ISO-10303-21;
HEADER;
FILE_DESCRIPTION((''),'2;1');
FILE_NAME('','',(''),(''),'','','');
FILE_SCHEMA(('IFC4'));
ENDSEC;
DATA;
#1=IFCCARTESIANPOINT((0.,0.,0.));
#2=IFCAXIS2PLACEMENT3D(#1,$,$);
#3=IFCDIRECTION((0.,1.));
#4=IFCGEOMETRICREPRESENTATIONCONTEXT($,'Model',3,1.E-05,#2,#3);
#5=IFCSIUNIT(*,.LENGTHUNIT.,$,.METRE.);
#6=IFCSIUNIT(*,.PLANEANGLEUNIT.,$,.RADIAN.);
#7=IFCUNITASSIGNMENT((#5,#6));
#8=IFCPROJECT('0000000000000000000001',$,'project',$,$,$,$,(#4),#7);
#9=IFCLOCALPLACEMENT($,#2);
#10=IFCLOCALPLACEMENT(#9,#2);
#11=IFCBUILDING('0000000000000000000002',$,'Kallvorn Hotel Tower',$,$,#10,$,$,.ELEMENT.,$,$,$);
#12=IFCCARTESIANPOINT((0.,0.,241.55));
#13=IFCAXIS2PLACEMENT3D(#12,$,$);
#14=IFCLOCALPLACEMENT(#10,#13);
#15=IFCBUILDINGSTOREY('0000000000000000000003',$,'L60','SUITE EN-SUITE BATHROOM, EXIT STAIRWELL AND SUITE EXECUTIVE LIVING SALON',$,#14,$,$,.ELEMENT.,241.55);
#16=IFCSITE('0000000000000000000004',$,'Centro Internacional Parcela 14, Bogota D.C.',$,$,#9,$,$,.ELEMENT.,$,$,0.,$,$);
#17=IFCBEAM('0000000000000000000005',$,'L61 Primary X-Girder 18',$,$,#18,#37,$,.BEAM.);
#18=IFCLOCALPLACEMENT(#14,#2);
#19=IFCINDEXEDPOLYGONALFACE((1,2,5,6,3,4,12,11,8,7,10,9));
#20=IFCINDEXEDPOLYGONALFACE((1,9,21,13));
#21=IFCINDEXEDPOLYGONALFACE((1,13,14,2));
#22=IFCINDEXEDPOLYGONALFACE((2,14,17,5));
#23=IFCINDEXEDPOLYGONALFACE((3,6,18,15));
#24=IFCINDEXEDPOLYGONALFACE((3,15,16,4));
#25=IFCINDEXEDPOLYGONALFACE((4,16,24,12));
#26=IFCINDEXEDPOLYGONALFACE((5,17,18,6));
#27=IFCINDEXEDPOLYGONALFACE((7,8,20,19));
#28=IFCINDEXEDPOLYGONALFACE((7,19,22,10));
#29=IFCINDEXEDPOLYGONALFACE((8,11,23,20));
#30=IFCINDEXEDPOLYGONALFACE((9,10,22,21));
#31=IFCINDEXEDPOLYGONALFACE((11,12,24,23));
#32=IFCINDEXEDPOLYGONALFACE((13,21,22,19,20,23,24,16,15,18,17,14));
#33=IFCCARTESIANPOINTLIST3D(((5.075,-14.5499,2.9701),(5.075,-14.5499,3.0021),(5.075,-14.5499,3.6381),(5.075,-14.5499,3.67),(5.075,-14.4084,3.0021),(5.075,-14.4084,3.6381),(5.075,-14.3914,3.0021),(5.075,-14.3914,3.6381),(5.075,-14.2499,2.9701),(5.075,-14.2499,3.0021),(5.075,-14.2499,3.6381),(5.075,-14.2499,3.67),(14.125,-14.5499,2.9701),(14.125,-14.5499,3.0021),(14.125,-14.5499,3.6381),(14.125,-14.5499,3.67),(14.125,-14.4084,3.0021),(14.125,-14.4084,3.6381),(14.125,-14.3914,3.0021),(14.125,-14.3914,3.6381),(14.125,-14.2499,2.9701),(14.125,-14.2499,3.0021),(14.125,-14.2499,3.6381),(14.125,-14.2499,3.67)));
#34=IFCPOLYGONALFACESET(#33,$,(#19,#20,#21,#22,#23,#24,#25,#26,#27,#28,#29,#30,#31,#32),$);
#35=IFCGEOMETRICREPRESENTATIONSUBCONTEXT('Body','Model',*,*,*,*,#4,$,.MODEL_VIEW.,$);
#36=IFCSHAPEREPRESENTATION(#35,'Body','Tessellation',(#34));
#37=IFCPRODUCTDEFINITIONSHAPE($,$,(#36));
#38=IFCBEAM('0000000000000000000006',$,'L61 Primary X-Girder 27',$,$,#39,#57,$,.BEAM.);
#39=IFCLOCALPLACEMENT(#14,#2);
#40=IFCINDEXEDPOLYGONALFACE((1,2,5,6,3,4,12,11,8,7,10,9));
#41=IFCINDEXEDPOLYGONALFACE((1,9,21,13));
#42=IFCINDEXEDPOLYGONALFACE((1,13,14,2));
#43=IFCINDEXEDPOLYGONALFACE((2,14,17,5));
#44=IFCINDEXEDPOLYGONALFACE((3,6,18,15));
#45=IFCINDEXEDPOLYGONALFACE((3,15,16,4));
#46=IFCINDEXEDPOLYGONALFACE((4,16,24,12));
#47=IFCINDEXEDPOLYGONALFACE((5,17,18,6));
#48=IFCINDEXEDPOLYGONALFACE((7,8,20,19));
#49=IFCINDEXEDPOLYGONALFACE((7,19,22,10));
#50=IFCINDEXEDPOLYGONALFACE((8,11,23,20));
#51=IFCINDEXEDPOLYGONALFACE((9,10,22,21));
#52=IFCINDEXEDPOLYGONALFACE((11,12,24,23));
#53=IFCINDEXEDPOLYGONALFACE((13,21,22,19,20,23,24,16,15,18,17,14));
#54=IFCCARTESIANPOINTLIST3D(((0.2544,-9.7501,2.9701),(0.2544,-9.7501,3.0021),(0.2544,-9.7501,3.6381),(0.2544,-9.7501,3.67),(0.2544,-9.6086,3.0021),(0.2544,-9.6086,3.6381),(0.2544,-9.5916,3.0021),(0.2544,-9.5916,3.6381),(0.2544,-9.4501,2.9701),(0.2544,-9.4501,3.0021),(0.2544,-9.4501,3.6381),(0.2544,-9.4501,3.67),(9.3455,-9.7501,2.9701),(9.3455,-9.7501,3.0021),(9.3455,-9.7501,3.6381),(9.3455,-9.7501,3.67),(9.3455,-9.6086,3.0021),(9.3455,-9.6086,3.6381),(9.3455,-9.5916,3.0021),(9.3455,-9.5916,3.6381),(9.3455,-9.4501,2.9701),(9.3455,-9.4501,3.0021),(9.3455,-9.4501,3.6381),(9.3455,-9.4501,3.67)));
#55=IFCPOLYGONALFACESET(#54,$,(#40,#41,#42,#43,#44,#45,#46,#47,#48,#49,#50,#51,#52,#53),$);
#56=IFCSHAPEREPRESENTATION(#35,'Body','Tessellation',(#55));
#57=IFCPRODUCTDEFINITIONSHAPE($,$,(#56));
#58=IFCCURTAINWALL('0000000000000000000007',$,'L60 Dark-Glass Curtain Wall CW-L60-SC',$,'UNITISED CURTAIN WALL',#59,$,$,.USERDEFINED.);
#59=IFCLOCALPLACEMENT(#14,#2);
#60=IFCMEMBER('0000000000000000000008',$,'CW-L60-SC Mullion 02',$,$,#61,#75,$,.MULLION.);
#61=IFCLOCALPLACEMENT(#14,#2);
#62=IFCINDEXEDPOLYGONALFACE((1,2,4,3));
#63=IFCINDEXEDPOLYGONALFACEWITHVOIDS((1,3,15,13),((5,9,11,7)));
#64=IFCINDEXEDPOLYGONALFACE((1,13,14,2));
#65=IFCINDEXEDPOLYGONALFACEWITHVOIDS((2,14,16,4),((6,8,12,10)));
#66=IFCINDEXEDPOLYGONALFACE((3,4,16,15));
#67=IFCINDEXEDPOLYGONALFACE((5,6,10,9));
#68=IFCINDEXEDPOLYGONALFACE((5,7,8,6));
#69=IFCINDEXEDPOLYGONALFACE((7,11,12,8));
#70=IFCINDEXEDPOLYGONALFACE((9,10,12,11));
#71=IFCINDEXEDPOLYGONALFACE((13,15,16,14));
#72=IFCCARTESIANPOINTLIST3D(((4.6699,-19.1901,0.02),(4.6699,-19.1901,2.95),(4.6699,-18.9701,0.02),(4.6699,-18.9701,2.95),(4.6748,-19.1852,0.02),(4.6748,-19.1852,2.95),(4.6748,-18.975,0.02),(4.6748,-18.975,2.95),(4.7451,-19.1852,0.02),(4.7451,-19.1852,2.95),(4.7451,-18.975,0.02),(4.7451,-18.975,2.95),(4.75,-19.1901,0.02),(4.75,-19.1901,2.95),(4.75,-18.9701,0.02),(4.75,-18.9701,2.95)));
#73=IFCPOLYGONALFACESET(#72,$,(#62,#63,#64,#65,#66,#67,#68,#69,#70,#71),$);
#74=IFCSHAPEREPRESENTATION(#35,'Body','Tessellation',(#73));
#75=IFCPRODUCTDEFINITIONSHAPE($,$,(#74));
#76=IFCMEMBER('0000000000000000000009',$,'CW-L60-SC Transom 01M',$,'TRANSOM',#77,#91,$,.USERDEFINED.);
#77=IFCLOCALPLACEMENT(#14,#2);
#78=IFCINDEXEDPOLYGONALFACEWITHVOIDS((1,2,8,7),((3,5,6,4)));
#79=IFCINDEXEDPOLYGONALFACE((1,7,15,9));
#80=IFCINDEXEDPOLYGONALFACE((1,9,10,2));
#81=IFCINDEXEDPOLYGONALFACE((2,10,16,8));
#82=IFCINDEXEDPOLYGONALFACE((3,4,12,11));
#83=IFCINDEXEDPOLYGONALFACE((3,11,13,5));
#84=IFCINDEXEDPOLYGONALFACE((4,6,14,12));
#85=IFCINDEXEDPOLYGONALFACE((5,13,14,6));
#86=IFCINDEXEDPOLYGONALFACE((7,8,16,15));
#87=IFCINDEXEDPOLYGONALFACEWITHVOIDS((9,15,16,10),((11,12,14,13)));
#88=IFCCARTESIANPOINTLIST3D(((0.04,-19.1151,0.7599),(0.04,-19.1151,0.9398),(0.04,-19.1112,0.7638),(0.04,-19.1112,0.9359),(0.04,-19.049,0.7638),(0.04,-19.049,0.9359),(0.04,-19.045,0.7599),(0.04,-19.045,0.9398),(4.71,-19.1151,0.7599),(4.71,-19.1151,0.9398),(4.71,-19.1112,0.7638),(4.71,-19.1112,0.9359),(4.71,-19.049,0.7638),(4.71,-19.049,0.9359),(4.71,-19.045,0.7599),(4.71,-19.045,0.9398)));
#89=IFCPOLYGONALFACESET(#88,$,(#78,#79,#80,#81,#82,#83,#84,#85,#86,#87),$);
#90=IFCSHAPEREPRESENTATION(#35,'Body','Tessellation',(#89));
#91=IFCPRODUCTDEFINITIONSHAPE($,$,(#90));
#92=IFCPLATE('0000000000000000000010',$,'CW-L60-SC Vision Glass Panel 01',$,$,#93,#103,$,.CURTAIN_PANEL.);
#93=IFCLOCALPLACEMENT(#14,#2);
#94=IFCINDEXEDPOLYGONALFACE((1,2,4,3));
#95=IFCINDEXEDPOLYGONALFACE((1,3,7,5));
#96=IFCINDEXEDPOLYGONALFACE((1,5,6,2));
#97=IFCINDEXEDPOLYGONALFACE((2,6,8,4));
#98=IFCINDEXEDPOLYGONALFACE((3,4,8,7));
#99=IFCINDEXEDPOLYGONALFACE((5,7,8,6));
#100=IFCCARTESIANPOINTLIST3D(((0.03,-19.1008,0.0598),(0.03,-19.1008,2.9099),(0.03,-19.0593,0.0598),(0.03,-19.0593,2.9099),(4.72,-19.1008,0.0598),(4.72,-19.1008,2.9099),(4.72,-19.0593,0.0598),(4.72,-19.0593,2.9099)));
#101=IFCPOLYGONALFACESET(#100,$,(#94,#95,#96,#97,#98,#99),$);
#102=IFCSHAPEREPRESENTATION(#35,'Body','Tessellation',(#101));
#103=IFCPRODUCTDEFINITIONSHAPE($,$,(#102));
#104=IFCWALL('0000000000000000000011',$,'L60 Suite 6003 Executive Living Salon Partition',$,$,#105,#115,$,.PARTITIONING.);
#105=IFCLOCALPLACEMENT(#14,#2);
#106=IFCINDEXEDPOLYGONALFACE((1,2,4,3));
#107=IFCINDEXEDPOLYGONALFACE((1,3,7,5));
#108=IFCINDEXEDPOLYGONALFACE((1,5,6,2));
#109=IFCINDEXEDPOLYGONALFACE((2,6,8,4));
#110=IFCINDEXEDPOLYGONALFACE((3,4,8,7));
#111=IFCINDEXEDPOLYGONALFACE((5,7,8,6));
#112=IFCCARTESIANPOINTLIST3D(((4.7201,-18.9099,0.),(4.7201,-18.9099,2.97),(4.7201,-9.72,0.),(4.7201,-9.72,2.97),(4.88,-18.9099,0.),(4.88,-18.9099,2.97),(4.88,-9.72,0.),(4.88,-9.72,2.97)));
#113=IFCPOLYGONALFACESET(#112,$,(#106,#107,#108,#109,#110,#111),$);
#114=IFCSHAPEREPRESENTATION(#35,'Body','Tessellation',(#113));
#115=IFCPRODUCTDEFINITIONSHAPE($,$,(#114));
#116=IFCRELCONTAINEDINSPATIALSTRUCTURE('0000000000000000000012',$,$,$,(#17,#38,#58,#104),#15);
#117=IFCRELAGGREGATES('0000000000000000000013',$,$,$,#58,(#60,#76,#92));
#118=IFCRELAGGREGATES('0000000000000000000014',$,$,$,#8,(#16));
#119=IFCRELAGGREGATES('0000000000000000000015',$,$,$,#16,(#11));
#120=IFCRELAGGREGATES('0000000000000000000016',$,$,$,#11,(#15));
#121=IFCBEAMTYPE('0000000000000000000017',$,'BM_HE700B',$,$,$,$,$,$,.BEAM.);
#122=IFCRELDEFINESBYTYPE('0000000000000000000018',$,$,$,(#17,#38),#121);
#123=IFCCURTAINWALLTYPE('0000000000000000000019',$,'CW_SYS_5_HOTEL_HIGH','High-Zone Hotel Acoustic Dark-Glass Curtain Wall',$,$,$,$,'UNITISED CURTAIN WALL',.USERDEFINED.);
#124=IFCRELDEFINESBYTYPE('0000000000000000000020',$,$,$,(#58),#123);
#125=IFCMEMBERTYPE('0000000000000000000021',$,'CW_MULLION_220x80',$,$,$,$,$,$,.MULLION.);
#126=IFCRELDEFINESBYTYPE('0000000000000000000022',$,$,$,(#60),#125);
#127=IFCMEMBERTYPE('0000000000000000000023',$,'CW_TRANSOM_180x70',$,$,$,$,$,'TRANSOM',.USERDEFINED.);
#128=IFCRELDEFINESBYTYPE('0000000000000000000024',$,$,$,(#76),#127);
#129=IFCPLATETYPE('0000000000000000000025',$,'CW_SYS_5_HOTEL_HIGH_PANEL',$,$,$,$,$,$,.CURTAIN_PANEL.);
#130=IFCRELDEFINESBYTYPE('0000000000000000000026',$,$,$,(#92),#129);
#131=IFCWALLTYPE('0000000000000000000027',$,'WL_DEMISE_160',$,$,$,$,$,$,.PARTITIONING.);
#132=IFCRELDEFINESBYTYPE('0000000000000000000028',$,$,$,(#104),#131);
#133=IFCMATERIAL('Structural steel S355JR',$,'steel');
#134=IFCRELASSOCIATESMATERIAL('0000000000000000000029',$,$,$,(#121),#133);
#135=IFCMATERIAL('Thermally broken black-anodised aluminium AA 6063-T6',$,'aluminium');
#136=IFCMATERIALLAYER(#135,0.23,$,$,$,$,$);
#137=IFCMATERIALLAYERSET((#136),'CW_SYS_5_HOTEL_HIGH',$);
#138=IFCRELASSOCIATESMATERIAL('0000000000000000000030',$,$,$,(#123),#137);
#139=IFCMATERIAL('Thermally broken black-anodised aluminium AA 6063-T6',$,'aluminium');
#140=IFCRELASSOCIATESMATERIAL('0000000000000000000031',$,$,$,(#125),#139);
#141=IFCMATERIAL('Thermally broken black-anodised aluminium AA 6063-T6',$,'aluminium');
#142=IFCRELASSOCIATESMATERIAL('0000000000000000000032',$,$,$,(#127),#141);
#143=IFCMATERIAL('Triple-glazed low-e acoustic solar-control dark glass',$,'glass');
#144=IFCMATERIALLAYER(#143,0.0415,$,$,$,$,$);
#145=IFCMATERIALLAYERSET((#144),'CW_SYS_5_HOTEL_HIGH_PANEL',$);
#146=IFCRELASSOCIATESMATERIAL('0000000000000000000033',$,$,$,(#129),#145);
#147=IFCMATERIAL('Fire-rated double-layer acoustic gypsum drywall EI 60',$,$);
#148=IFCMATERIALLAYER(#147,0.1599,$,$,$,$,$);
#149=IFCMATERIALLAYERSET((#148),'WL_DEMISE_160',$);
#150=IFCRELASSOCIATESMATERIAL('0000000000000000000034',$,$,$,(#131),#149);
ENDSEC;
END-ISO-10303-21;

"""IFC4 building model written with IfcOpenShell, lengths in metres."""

from ifc_helpers import new_model, si_unit, direction, frame, frame_2d, origin, origin_2d, place, context, subcontext, project, spatial, rectangle, hollow_rectangle, i_section, extrude, material, layer, layer_set, material_profile, profile_set, type_object, element, aggregate, save


model = new_model("IFC4")

# Units and contexts
model_context = context("Model", 3, precision=1e-05, world=origin(), true_north=direction((0.0, 1.0)))
body_context = subcontext(model_context, "Body", "Model", "MODEL_VIEW")
ifc_project = project(units=[si_unit("LENGTHUNIT", "METRE"), si_unit("PLANEANGLEUNIT", "RADIAN")], contexts=[model_context])

# Site, building, storey
site_placement = place(None, origin())
site = spatial("IfcSite", under=ifc_project, at=site_placement, Name="Centro Internacional Parcela 14, Bogota D.C.", CompositionType="ELEMENT", RefElevation=0.0)
building_placement = place(site_placement, origin())
building = spatial("IfcBuilding", under=site, at=building_placement, Name="Kallvorn Hotel Tower", CompositionType="ELEMENT")
storey_placement = place(building_placement, frame((0.0, 0.0, 241.55)))
storey = spatial("IfcBuildingStorey", under=building, at=storey_placement, Name="L60", Description="SUITE EN-SUITE BATHROOM, EXIT STAIRWELL AND SUITE EXECUTIVE LIVING SALON", CompositionType="ELEMENT", Elevation=241.55)

# Beams
ifc_material_1 = material(Name="Structural steel S355JR", Category="steel")
ifc_material_profile_1 = material_profile(ifc_material_1, i_section(OverallWidth=0.3, OverallDepth=0.7, WebThickness=0.0171, FlangeThickness=0.032, at=origin_2d()), Name="HE 700 B")
ifc_profile_set_1 = profile_set([ifc_material_profile_1], Name="Structural steel S355JR")
beam_type_1 = type_object("IfcBeamType", Name="BM_HE700B", PredefinedType="BEAM", material=ifc_profile_set_1)
beam_1_placement = place(storey_placement, frame((5.075, -14.3999, 3.3201), z_axis=(1.0, 0.0, 0.0), x_axis=(0.0, 1.0, 0.0)))
element("IfcBeam", 1, at=beam_1_placement, inside=storey, type_object=beam_type_1, Name="L61 Primary X-Girder 18", PredefinedType="BEAM", context=body_context, shape_type="SweptSolid", body=[
    extrude(i_section(OverallWidth=0.3, OverallDepth=0.7, WebThickness=0.0171, FlangeThickness=0.032, at=origin_2d()), origin(), (0.0, 0.0, 1.0), 9.05),
])
beam_2_placement = place(storey_placement, frame((0.2544, -9.6001, 3.3201), z_axis=(1.0, 0.0, 0.0), x_axis=(0.0, 1.0, 0.0)))
element("IfcBeam", 2, at=beam_2_placement, inside=storey, type_object=beam_type_1, Name="L61 Primary X-Girder 27", PredefinedType="BEAM", context=body_context, shape_type="SweptSolid", body=[
    extrude(i_section(OverallWidth=0.3, OverallDepth=0.7, WebThickness=0.0171, FlangeThickness=0.032, at=origin_2d()), origin(), (0.0, 0.0, 1.0), 9.0911),
])

# Curtain wall, members, plate
ifc_material_2 = material(Name="Thermally broken black-anodised aluminium AA 6063-T6", Category="aluminium")
ifc_layer_1 = layer(ifc_material_2, 0.23)
ifc_layer_set_1 = layer_set([ifc_layer_1], Name="CW_SYS_5_HOTEL_HIGH")
curtain_wall_type = type_object("IfcCurtainWallType", Name="CW_SYS_5_HOTEL_HIGH", Description="High-Zone Hotel Acoustic Dark-Glass Curtain Wall", ElementType="UNITISED CURTAIN WALL", PredefinedType="USERDEFINED", material=ifc_layer_set_1)
curtain_wall_placement = place(storey_placement, origin())
curtain_wall = element("IfcCurtainWall", 3, at=curtain_wall_placement, inside=storey, type_object=curtain_wall_type, Name="L60 Dark-Glass Curtain Wall CW-L60-SC", ObjectType="UNITISED CURTAIN WALL", PredefinedType="USERDEFINED")
ifc_material_3 = material(Name="Thermally broken black-anodised aluminium AA 6063-T6", Category="aluminium")
ifc_material_profile_2 = material_profile(ifc_material_3, hollow_rectangle(XDim=0.0801, YDim=0.22, WallThickness=0.0049, at=origin_2d()), Name="MUL 220x80")
ifc_profile_set_2 = profile_set([ifc_material_profile_2], Name="Thermally broken black-anodised aluminium AA 6063-T6")
member_type_1 = type_object("IfcMemberType", Name="CW_MULLION_220x80", PredefinedType="MULLION", material=ifc_profile_set_2)
member_1_placement = place(storey_placement, frame((4.71, -19.0801, 0.02), z_axis=(0.0, 0.0, 1.0), x_axis=(1.0, 0.0, 0.0)))
member_1 = element("IfcMember", 4, at=member_1_placement, type_object=member_type_1, Name="CW-L60-SC Mullion 02", PredefinedType="MULLION", context=body_context, shape_type="SweptSolid", body=[
    extrude(hollow_rectangle(XDim=0.0801, YDim=0.22, WallThickness=0.0049, at=origin_2d()), origin(), (0.0, 0.0, 1.0), 2.9299),
])
ifc_material_4 = material(Name="Thermally broken black-anodised aluminium AA 6063-T6", Category="aluminium")
ifc_material_profile_3 = material_profile(ifc_material_4, hollow_rectangle(XDim=0.0701, YDim=0.1799, WallThickness=0.0039, at=origin_2d()), Name="TRN 180x70")
ifc_profile_set_3 = profile_set([ifc_material_profile_3], Name="Thermally broken black-anodised aluminium AA 6063-T6")
member_type_2 = type_object("IfcMemberType", Name="CW_TRANSOM_180x70", ElementType="TRANSOM", PredefinedType="USERDEFINED", material=ifc_profile_set_3)
member_2_placement = place(storey_placement, frame((0.04, -19.0801, 0.8499), z_axis=(1.0, 0.0, 0.0), x_axis=(0.0, 1.0, 0.0)))
member_2 = element("IfcMember", 5, at=member_2_placement, type_object=member_type_2, Name="CW-L60-SC Transom 01M", ObjectType="TRANSOM", PredefinedType="USERDEFINED", context=body_context, shape_type="SweptSolid", body=[
    extrude(hollow_rectangle(XDim=0.0701, YDim=0.1799, WallThickness=0.0039, at=origin_2d()), origin(), (0.0, 0.0, 1.0), 4.6699),
])
ifc_material_5 = material(Name="Triple-glazed low-e acoustic solar-control dark glass", Category="glass")
ifc_layer_2 = layer(ifc_material_5, 0.0415)
ifc_layer_set_2 = layer_set([ifc_layer_2], Name="CW_SYS_5_HOTEL_HIGH_PANEL")
plate_type = type_object("IfcPlateType", Name="CW_SYS_5_HOTEL_HIGH_PANEL", PredefinedType="CURTAIN_PANEL", material=ifc_layer_set_2)
plate_placement = place(storey_placement, frame((2.375, -19.0801, 0.0598), z_axis=(0.0, 0.0, 1.0), x_axis=(1.0, 0.0, 0.0)))
plate = element("IfcPlate", 6, at=plate_placement, type_object=plate_type, Name="CW-L60-SC Vision Glass Panel 01", PredefinedType="CURTAIN_PANEL", context=body_context, shape_type="SweptSolid", body=[
    extrude(rectangle(XDim=4.6899, YDim=0.0415, at=origin_2d()), origin(), (0.0, 0.0, 1.0), 2.8501),
])
aggregate(curtain_wall, [member_1, member_2, plate])

# Wall
ifc_material_6 = material(Name="Fire-rated double-layer acoustic gypsum drywall EI 60")
ifc_layer_3 = layer(ifc_material_6, 0.1599)
ifc_layer_set_3 = layer_set([ifc_layer_3], Name="WL_DEMISE_160")
wall_type_1 = type_object("IfcWallType", Name="WL_DEMISE_160", PredefinedType="PARTITIONING", material=ifc_layer_set_3)
wall_1_placement = place(storey_placement, frame((4.8, -18.9099, 0.0), z_axis=(0.0, 0.0, 1.0), x_axis=(0.0, 1.0, 0.0)))
element("IfcWall", 7, at=wall_1_placement, inside=storey, type_object=wall_type_1, Name="L60 Suite 6003 Executive Living Salon Partition", PredefinedType="PARTITIONING", context=body_context, shape_type="SweptSolid", body=[
    extrude(rectangle(XDim=9.1899, YDim=0.1599, at=frame_2d((4.595, 0.0))), origin(), (0.0, 0.0, 1.0), 2.97),
])

save(model, "model.ifc")
